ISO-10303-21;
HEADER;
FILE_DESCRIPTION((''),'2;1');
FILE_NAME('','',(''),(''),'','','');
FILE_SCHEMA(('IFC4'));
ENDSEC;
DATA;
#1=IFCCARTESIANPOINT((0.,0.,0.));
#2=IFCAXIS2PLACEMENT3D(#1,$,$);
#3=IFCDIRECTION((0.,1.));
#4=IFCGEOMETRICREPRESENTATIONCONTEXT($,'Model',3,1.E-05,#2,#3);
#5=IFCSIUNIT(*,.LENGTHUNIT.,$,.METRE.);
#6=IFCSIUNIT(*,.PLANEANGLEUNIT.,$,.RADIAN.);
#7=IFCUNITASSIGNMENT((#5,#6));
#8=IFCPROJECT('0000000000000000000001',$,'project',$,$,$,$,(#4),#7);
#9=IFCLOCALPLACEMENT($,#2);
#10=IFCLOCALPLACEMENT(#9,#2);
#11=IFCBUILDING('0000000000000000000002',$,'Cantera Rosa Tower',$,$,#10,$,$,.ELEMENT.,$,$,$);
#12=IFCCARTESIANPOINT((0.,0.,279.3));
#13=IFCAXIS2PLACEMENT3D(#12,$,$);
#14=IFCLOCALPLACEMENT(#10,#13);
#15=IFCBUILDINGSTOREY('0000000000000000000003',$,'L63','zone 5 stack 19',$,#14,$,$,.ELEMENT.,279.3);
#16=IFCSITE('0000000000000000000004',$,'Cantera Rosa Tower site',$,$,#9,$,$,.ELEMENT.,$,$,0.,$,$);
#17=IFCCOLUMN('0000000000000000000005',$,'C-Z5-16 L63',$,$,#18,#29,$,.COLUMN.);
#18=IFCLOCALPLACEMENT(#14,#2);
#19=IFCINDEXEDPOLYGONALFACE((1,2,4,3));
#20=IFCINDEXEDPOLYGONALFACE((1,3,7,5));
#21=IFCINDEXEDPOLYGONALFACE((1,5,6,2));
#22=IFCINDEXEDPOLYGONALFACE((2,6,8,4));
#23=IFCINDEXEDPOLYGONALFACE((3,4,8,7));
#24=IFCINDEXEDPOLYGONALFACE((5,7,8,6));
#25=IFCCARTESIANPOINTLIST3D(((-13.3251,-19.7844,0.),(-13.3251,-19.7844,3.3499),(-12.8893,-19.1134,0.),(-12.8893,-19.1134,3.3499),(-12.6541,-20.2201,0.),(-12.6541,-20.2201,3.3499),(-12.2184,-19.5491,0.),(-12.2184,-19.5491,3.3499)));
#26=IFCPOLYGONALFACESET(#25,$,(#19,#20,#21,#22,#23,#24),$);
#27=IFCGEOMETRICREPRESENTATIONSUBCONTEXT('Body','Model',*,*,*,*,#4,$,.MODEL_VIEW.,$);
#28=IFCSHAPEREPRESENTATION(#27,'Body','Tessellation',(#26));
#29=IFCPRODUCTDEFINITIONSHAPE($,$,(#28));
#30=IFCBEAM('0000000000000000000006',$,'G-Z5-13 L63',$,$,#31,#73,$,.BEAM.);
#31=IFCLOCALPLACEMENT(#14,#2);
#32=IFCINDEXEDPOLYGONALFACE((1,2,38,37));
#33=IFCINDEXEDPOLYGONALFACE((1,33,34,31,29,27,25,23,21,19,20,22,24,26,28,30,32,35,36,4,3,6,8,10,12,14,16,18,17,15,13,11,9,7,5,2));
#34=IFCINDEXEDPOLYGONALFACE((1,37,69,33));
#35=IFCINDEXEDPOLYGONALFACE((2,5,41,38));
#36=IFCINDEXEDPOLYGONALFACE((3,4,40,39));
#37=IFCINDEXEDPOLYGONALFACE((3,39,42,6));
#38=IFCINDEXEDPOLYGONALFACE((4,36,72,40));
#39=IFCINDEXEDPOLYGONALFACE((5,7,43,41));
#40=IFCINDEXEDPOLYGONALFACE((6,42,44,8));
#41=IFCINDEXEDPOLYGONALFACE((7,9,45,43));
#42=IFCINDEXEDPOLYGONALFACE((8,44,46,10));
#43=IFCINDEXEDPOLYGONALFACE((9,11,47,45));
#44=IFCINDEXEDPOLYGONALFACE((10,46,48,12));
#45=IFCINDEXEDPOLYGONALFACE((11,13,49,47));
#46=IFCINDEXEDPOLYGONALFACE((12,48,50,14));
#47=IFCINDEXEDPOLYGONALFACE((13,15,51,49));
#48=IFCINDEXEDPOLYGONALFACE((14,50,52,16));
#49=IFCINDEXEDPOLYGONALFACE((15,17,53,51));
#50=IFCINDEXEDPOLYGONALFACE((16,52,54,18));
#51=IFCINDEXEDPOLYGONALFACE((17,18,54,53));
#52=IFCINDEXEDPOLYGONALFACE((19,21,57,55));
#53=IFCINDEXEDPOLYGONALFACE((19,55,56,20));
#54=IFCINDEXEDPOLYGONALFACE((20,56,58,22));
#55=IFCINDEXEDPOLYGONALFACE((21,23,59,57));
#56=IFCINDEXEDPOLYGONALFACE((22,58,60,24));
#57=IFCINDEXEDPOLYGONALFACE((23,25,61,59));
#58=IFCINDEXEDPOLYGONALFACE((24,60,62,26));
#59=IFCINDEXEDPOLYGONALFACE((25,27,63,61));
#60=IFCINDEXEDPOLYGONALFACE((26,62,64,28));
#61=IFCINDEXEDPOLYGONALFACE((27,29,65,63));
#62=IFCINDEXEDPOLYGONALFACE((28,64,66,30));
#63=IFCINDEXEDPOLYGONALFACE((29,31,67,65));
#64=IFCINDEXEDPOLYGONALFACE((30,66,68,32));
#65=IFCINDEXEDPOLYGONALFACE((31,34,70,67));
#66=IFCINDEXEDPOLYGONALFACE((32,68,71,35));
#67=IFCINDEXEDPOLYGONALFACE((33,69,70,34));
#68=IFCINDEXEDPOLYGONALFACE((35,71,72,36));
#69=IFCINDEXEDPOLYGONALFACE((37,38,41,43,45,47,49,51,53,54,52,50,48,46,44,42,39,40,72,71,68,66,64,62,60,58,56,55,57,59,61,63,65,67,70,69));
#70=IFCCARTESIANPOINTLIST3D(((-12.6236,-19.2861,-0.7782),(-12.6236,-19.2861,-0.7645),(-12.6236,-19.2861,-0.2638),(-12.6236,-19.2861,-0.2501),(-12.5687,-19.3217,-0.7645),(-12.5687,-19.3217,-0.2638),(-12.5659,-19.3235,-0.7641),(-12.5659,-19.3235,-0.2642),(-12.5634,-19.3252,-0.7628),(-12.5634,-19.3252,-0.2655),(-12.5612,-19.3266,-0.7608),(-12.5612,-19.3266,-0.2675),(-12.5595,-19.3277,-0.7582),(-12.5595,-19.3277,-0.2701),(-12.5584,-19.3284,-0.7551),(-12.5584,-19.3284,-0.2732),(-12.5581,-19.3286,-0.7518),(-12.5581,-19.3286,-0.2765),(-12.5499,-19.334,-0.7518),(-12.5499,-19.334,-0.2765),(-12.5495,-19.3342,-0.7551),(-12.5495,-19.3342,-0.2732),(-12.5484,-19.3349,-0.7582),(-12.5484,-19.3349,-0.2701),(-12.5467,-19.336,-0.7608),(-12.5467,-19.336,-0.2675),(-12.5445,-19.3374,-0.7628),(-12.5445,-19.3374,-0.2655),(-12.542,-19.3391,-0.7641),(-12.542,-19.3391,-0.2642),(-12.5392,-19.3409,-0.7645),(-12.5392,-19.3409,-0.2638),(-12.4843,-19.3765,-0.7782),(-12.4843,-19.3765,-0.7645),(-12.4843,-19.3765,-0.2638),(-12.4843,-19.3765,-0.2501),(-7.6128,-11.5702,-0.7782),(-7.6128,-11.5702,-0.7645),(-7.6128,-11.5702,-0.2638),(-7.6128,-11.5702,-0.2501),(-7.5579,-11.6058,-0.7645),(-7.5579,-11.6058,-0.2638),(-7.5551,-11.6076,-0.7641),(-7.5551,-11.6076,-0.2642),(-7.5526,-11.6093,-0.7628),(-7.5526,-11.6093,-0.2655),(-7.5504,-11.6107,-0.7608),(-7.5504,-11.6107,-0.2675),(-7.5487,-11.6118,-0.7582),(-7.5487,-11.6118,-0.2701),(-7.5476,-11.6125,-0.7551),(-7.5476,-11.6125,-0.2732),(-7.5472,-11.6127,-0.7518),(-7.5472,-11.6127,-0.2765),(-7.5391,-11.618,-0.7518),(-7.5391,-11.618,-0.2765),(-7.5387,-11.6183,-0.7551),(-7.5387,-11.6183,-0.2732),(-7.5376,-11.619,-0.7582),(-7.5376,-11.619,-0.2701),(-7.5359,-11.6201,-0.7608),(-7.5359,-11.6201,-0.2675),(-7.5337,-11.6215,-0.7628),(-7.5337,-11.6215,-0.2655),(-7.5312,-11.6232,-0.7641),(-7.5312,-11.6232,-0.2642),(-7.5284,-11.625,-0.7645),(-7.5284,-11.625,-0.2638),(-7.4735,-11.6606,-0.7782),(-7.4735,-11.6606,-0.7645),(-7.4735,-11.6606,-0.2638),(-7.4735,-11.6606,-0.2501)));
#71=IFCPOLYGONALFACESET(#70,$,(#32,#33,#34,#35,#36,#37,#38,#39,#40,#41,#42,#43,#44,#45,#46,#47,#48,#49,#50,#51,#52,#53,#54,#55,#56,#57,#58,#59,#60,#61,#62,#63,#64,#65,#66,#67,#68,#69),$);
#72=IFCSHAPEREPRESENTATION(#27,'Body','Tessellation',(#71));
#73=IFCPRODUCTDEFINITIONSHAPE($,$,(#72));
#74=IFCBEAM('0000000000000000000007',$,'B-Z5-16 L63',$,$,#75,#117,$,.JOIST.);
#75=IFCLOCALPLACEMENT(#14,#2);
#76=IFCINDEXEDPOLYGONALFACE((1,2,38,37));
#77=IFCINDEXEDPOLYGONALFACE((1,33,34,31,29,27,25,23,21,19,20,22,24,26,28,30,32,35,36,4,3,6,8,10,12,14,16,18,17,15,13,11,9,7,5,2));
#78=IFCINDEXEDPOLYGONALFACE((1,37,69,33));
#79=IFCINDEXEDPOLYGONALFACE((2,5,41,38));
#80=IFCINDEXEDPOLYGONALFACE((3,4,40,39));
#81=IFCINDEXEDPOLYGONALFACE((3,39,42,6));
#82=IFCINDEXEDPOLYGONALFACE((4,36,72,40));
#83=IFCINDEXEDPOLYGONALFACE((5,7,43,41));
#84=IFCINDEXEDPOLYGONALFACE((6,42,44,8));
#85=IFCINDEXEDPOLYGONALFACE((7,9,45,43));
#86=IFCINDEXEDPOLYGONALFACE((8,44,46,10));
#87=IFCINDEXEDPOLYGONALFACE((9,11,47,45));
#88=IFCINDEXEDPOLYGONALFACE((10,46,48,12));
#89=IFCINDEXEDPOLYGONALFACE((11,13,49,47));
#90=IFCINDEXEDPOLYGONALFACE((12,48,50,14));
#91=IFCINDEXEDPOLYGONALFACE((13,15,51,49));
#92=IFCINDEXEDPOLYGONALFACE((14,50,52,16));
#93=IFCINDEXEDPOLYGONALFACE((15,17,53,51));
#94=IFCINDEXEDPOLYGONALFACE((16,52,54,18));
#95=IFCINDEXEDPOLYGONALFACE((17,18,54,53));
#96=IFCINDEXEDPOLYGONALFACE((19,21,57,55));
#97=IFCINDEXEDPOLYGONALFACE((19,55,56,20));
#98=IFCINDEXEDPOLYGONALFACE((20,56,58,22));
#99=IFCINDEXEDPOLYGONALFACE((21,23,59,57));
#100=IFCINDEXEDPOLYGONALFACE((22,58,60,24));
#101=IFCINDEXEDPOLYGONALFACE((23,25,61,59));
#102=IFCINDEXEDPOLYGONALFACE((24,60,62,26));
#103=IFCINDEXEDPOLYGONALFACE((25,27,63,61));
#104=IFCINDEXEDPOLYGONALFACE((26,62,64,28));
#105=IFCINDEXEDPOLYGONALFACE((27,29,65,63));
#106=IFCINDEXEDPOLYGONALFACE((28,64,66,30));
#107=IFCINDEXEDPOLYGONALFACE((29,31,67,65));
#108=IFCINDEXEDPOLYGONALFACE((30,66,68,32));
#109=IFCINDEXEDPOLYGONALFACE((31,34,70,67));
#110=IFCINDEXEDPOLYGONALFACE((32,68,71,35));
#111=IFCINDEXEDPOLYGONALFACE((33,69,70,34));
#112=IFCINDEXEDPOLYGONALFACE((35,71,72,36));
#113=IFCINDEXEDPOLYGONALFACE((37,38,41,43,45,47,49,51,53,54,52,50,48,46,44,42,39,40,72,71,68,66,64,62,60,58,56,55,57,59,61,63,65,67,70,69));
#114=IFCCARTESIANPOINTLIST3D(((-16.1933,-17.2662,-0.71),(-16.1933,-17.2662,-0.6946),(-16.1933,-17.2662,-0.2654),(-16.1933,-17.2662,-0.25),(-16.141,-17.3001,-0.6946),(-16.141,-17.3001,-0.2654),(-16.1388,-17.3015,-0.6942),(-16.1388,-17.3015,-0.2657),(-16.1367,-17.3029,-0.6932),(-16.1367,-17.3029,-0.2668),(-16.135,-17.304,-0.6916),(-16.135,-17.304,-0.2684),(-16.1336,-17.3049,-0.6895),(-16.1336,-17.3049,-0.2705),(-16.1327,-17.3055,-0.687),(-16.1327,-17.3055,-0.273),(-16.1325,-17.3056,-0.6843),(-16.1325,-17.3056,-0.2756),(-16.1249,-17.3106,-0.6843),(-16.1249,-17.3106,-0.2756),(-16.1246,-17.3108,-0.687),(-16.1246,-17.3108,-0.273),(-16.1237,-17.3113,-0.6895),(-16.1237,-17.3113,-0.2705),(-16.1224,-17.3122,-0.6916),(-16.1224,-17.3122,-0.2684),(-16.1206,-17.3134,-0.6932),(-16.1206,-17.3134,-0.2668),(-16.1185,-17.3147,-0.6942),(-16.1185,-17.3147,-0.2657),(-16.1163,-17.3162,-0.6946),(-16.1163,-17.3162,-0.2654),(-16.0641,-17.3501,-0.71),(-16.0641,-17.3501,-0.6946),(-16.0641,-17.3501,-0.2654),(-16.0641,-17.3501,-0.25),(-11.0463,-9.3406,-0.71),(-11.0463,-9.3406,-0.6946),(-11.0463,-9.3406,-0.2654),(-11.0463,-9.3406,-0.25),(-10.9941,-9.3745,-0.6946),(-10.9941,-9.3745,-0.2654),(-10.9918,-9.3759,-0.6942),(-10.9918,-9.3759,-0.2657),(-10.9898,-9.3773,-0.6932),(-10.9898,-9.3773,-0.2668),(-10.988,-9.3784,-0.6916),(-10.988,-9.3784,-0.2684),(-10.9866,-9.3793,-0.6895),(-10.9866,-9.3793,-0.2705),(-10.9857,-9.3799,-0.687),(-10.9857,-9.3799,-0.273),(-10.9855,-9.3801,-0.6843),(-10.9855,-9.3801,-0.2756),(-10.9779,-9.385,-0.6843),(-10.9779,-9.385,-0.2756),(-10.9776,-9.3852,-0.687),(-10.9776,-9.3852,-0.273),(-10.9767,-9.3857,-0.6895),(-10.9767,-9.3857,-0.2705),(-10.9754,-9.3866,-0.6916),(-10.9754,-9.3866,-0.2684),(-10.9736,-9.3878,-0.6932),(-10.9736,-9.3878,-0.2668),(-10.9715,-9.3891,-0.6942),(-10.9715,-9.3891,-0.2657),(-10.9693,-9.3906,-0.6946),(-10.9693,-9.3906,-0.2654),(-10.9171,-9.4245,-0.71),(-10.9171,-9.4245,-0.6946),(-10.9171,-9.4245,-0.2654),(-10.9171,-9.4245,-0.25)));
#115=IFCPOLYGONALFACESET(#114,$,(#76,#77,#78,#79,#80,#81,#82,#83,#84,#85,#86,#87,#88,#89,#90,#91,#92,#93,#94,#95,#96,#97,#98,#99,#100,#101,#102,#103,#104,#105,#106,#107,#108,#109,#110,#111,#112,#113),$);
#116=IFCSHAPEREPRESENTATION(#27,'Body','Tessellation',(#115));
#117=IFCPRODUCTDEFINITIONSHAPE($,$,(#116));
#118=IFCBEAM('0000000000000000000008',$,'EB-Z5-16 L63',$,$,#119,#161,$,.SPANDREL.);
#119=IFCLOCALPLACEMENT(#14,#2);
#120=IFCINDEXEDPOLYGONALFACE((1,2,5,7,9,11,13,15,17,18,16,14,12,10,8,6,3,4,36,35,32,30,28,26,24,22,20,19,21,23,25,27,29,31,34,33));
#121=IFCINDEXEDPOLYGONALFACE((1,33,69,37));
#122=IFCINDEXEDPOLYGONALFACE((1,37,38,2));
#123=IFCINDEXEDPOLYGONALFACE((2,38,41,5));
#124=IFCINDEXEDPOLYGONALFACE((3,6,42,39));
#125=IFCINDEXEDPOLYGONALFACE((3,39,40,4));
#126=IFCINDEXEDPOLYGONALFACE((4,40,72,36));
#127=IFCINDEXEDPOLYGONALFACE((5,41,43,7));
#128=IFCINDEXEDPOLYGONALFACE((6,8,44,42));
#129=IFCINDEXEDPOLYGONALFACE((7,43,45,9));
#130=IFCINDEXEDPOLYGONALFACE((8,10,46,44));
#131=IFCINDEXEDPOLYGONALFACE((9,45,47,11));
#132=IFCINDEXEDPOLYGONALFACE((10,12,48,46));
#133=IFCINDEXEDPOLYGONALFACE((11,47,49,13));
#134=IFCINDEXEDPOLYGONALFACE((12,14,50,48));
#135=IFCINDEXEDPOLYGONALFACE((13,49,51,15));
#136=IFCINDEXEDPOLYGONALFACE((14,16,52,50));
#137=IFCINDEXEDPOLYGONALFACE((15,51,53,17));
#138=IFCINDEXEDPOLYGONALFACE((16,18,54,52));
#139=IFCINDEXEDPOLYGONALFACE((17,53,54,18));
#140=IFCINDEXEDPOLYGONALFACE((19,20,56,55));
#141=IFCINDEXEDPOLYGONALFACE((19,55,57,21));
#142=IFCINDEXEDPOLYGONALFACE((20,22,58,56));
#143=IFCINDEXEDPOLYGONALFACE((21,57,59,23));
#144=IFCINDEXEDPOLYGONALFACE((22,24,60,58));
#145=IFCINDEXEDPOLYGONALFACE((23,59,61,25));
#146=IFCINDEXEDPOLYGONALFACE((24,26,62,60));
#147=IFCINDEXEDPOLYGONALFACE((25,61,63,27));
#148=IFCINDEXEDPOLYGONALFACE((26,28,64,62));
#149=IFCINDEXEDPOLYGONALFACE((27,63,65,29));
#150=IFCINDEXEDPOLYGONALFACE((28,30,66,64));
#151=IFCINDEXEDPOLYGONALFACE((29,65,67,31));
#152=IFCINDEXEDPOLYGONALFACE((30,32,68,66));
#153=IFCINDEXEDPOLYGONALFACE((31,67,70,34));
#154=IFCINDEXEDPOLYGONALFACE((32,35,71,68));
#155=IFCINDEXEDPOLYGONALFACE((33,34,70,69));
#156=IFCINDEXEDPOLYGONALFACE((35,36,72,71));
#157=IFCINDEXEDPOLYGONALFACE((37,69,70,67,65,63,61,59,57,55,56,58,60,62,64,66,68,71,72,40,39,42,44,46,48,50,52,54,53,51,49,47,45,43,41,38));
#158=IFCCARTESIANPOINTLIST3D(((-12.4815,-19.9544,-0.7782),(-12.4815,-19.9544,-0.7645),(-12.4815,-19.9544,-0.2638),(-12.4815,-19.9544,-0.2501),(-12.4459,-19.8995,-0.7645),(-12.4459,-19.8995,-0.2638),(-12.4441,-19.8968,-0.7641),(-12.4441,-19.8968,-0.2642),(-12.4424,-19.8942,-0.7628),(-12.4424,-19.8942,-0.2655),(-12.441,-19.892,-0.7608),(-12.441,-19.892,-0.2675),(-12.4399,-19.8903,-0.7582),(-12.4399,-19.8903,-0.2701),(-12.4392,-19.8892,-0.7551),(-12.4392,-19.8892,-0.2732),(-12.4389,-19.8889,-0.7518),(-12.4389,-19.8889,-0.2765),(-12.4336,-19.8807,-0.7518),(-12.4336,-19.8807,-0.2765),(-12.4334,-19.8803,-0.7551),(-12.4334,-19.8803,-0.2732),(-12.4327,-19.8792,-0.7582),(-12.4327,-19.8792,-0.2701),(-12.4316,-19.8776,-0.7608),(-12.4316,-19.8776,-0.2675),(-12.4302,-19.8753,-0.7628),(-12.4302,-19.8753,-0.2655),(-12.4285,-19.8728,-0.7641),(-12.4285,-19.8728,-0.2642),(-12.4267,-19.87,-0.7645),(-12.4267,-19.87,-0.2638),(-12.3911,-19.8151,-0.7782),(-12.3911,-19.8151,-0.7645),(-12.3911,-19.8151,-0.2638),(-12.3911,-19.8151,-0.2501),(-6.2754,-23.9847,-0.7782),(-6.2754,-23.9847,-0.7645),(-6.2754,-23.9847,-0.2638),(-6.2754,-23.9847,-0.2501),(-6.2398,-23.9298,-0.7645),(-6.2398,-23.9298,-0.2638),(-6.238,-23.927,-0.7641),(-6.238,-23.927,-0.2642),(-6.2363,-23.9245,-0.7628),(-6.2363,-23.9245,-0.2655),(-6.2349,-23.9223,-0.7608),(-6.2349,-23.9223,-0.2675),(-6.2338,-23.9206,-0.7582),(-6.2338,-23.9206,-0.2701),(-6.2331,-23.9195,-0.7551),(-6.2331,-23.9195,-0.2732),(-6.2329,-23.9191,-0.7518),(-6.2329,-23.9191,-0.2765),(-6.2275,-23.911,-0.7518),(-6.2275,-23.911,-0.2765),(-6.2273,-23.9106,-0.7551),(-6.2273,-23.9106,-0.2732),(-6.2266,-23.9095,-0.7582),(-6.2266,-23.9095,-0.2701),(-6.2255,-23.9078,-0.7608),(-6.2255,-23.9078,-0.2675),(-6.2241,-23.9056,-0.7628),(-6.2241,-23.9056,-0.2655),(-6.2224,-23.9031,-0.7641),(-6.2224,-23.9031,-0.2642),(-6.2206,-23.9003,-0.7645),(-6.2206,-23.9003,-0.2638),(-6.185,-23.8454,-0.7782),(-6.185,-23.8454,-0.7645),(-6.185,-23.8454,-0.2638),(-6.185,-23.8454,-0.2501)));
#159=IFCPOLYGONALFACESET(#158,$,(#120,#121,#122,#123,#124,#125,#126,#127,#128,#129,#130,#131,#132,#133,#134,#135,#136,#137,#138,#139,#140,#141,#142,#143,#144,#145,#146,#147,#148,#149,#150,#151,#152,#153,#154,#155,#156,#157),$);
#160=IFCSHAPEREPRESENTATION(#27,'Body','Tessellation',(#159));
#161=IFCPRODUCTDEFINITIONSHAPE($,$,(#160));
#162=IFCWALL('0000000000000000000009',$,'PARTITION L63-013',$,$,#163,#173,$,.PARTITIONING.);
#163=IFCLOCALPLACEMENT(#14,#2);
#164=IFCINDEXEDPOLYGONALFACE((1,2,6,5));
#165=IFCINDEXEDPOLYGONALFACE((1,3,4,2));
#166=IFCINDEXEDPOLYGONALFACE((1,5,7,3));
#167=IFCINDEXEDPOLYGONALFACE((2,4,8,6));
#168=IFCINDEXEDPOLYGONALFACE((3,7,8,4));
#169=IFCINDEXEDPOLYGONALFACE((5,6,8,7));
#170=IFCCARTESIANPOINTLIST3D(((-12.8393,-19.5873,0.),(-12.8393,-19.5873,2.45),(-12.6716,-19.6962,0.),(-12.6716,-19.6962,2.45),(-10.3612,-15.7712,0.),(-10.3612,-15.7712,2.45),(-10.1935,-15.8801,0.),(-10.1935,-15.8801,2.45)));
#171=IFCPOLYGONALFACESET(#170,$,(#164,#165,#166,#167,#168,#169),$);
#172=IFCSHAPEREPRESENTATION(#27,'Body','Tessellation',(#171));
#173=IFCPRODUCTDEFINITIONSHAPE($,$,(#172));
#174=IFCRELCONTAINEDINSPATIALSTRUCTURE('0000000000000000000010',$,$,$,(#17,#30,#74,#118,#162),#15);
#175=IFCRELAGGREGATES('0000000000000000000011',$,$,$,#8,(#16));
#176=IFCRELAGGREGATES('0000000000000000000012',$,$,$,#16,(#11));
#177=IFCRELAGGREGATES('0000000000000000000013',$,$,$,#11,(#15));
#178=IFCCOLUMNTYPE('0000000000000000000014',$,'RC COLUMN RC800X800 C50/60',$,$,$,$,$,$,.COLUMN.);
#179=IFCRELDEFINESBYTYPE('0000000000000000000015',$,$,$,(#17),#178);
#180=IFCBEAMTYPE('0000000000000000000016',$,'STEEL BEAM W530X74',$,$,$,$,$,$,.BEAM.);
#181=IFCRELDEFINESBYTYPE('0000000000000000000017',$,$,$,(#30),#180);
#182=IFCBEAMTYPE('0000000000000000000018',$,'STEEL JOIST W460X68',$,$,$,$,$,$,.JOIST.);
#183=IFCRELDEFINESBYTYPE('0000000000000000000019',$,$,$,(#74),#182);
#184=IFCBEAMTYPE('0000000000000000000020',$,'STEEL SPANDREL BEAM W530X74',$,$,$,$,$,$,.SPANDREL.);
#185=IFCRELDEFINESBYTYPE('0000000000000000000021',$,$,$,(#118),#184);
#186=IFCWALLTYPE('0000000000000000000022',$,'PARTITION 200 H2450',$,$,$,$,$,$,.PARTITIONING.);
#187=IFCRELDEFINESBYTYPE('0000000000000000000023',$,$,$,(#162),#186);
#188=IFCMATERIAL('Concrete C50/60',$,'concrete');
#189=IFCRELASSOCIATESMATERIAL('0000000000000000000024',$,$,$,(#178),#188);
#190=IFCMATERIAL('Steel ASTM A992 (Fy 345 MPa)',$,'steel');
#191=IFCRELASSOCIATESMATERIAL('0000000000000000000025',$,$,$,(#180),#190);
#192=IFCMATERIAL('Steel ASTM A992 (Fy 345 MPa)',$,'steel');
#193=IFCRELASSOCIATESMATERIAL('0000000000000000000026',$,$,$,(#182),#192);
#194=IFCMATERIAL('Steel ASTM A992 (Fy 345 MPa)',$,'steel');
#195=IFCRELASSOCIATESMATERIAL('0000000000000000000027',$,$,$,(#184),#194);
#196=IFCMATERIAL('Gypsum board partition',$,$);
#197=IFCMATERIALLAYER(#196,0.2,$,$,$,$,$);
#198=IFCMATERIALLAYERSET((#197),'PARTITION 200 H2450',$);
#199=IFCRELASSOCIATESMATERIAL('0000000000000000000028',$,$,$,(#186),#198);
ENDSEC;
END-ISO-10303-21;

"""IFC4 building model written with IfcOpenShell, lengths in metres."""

from ifc_helpers import new_model, si_unit, direction, frame, frame_2d, origin, origin_2d, place, context, subcontext, project, spatial, rectangle, i_section, extrude, material, layer, layer_set, material_profile, profile_set, type_object, element, save


model = new_model("IFC4")

# Units and contexts
model_context = context("Model", 3, precision=1e-05, world=origin(), true_north=direction((0.0, 1.0)))
body_context = subcontext(model_context, "Body", "Model", "MODEL_VIEW")
ifc_project = project(units=[si_unit("LENGTHUNIT", "METRE"), si_unit("PLANEANGLEUNIT", "RADIAN")], contexts=[model_context])

# Site, building, storey
site_placement = place(None, origin())
site = spatial("IfcSite", under=ifc_project, at=site_placement, Name="Cantera Rosa Tower site", CompositionType="ELEMENT", RefElevation=0.0)
building_placement = place(site_placement, origin())
building = spatial("IfcBuilding", under=site, at=building_placement, Name="Cantera Rosa Tower", CompositionType="ELEMENT")
storey_placement = place(building_placement, frame((0.0, 0.0, 279.3)))
storey = spatial("IfcBuildingStorey", under=building, at=storey_placement, Name="L63", Description="zone 5 stack 19", CompositionType="ELEMENT", Elevation=279.3)

# Column
ifc_material_1 = material(Name="Concrete C50/60", Category="concrete")
ifc_material_profile_1 = material_profile(ifc_material_1, rectangle(XDim=0.8, YDim=0.8, at=origin_2d()), Name="RC COLUMN RC800X800 C50/60")
ifc_profile_set_1 = profile_set([ifc_material_profile_1], Name="Concrete C50/60")
column_type = type_object("IfcColumnType", Name="RC COLUMN RC800X800 C50/60", PredefinedType="COLUMN", material=ifc_profile_set_1)
column_placement = place(storey_placement, frame((-12.7717, -19.6667, 0.0), z_axis=(0.0, 0.0, 1.0), x_axis=(0.544639, 0.838671, 0.0)))
element("IfcColumn", 1, at=column_placement, inside=storey, type_object=column_type, Name="C-Z5-16 L63", PredefinedType="COLUMN", context=body_context, shape_type="SweptSolid", body=[
    extrude(rectangle(XDim=0.8, YDim=0.8, at=origin_2d()), origin(), (0.0, 0.0, 1.0), 3.3499),
])

# Beams
ifc_material_2 = material(Name="Steel ASTM A992 (Fy 345 MPa)", Category="steel")
ifc_material_profile_2 = material_profile(ifc_material_2, i_section(OverallWidth=0.166, OverallDepth=0.5281, WebThickness=0.0098, FlangeThickness=0.0137, FilletRadius=0.0127, at=origin_2d()), Name="W530X74")
ifc_profile_set_2 = profile_set([ifc_material_profile_2], Name="Steel ASTM A992 (Fy 345 MPa)")
beam_type_1 = type_object("IfcBeamType", Name="STEEL BEAM W530X74", PredefinedType="BEAM", material=ifc_profile_set_2)
beam_1_placement = place(storey_placement, frame((-12.554, -19.3313, -0.5142), z_axis=(0.544641, 0.838669, 0.0), x_axis=(-0.838669, 0.544641, 0.0)))
element("IfcBeam", 2, at=beam_1_placement, inside=storey, type_object=beam_type_1, Name="G-Z5-13 L63", PredefinedType="BEAM", context=body_context, shape_type="SweptSolid", body=[
    extrude(i_section(OverallWidth=0.166, OverallDepth=0.5281, WebThickness=0.0098, FlangeThickness=0.0137, FilletRadius=0.0127, at=origin_2d()), origin(), (0.0, 0.0, 1.0), 9.2002),
])
ifc_material_3 = material(Name="Steel ASTM A992 (Fy 345 MPa)", Category="steel")
ifc_material_profile_3 = material_profile(ifc_material_3, i_section(OverallWidth=0.1541, OverallDepth=0.46, WebThickness=0.009, FlangeThickness=0.0154, FilletRadius=0.0103, at=origin_2d()), Name="W460X68")
ifc_profile_set_3 = profile_set([ifc_material_profile_3], Name="Steel ASTM A992 (Fy 345 MPa)")
beam_type_2 = type_object("IfcBeamType", Name="STEEL JOIST W460X68", PredefinedType="JOIST", material=ifc_profile_set_3)
beam_2_placement = place(storey_placement, frame((-16.1287, -17.3081, -0.48), z_axis=(0.544644, 0.838667, 0.0), x_axis=(-0.838667, 0.544644, 0.0)))
element("IfcBeam", 3, at=beam_2_placement, inside=storey, type_object=beam_type_2, Name="B-Z5-16 L63", PredefinedType="JOIST", context=body_context, shape_type="SweptSolid", body=[
    extrude(i_section(OverallWidth=0.1541, OverallDepth=0.46, WebThickness=0.009, FlangeThickness=0.0154, FilletRadius=0.0103, at=origin_2d()), origin(), (0.0, 0.0, 1.0), 9.4502),
])
ifc_material_4 = material(Name="Steel ASTM A992 (Fy 345 MPa)", Category="steel")
ifc_material_profile_4 = material_profile(ifc_material_4, i_section(OverallWidth=0.166, OverallDepth=0.5281, WebThickness=0.0098, FlangeThickness=0.0137, FilletRadius=0.0127, at=origin_2d()), Name="W530X74")
ifc_profile_set_4 = profile_set([ifc_material_profile_4], Name="Steel ASTM A992 (Fy 345 MPa)")
beam_type_3 = type_object("IfcBeamType", Name="STEEL SPANDREL BEAM W530X74", PredefinedType="SPANDREL", material=ifc_profile_set_4)
beam_3_placement = place(storey_placement, frame((-12.4363, -19.8848, -0.5142), z_axis=(0.83867, -0.54464, 0.0), x_axis=(0.54464, 0.83867, 0.0)))
element("IfcBeam", 4, at=beam_3_placement, inside=storey, type_object=beam_type_3, Name="EB-Z5-16 L63", PredefinedType="SPANDREL", context=body_context, shape_type="SweptSolid", body=[
    extrude(i_section(OverallWidth=0.166, OverallDepth=0.5281, WebThickness=0.0098, FlangeThickness=0.0137, FilletRadius=0.0127, at=origin_2d()), origin(), (0.0, 0.0, 1.0), 7.3999),
])

# Wall
ifc_material_5 = material(Name="Gypsum board partition")
ifc_layer_1 = layer(ifc_material_5, 0.2)
ifc_layer_set_1 = layer_set([ifc_layer_1], Name="PARTITION 200 H2450")
wall_type_1 = type_object("IfcWallType", Name="PARTITION 200 H2450", PredefinedType="PARTITIONING", material=ifc_layer_set_1)
wall_1_placement = place(storey_placement, frame((-12.7554, -19.6416, 0.0), z_axis=(0.0, 0.0, 1.0), x_axis=(0.54463, 0.838676, 0.0)))
element("IfcWall", 5, at=wall_1_placement, inside=storey, type_object=wall_type_1, Name="PARTITION L63-013", PredefinedType="PARTITIONING", context=body_context, shape_type="SweptSolid", body=[
    extrude(rectangle(XDim=4.55, YDim=0.2, at=frame_2d((2.2749, 0.0))), origin(), (0.0, 0.0, 1.0), 2.45),
])

save(model, "model.ifc")
